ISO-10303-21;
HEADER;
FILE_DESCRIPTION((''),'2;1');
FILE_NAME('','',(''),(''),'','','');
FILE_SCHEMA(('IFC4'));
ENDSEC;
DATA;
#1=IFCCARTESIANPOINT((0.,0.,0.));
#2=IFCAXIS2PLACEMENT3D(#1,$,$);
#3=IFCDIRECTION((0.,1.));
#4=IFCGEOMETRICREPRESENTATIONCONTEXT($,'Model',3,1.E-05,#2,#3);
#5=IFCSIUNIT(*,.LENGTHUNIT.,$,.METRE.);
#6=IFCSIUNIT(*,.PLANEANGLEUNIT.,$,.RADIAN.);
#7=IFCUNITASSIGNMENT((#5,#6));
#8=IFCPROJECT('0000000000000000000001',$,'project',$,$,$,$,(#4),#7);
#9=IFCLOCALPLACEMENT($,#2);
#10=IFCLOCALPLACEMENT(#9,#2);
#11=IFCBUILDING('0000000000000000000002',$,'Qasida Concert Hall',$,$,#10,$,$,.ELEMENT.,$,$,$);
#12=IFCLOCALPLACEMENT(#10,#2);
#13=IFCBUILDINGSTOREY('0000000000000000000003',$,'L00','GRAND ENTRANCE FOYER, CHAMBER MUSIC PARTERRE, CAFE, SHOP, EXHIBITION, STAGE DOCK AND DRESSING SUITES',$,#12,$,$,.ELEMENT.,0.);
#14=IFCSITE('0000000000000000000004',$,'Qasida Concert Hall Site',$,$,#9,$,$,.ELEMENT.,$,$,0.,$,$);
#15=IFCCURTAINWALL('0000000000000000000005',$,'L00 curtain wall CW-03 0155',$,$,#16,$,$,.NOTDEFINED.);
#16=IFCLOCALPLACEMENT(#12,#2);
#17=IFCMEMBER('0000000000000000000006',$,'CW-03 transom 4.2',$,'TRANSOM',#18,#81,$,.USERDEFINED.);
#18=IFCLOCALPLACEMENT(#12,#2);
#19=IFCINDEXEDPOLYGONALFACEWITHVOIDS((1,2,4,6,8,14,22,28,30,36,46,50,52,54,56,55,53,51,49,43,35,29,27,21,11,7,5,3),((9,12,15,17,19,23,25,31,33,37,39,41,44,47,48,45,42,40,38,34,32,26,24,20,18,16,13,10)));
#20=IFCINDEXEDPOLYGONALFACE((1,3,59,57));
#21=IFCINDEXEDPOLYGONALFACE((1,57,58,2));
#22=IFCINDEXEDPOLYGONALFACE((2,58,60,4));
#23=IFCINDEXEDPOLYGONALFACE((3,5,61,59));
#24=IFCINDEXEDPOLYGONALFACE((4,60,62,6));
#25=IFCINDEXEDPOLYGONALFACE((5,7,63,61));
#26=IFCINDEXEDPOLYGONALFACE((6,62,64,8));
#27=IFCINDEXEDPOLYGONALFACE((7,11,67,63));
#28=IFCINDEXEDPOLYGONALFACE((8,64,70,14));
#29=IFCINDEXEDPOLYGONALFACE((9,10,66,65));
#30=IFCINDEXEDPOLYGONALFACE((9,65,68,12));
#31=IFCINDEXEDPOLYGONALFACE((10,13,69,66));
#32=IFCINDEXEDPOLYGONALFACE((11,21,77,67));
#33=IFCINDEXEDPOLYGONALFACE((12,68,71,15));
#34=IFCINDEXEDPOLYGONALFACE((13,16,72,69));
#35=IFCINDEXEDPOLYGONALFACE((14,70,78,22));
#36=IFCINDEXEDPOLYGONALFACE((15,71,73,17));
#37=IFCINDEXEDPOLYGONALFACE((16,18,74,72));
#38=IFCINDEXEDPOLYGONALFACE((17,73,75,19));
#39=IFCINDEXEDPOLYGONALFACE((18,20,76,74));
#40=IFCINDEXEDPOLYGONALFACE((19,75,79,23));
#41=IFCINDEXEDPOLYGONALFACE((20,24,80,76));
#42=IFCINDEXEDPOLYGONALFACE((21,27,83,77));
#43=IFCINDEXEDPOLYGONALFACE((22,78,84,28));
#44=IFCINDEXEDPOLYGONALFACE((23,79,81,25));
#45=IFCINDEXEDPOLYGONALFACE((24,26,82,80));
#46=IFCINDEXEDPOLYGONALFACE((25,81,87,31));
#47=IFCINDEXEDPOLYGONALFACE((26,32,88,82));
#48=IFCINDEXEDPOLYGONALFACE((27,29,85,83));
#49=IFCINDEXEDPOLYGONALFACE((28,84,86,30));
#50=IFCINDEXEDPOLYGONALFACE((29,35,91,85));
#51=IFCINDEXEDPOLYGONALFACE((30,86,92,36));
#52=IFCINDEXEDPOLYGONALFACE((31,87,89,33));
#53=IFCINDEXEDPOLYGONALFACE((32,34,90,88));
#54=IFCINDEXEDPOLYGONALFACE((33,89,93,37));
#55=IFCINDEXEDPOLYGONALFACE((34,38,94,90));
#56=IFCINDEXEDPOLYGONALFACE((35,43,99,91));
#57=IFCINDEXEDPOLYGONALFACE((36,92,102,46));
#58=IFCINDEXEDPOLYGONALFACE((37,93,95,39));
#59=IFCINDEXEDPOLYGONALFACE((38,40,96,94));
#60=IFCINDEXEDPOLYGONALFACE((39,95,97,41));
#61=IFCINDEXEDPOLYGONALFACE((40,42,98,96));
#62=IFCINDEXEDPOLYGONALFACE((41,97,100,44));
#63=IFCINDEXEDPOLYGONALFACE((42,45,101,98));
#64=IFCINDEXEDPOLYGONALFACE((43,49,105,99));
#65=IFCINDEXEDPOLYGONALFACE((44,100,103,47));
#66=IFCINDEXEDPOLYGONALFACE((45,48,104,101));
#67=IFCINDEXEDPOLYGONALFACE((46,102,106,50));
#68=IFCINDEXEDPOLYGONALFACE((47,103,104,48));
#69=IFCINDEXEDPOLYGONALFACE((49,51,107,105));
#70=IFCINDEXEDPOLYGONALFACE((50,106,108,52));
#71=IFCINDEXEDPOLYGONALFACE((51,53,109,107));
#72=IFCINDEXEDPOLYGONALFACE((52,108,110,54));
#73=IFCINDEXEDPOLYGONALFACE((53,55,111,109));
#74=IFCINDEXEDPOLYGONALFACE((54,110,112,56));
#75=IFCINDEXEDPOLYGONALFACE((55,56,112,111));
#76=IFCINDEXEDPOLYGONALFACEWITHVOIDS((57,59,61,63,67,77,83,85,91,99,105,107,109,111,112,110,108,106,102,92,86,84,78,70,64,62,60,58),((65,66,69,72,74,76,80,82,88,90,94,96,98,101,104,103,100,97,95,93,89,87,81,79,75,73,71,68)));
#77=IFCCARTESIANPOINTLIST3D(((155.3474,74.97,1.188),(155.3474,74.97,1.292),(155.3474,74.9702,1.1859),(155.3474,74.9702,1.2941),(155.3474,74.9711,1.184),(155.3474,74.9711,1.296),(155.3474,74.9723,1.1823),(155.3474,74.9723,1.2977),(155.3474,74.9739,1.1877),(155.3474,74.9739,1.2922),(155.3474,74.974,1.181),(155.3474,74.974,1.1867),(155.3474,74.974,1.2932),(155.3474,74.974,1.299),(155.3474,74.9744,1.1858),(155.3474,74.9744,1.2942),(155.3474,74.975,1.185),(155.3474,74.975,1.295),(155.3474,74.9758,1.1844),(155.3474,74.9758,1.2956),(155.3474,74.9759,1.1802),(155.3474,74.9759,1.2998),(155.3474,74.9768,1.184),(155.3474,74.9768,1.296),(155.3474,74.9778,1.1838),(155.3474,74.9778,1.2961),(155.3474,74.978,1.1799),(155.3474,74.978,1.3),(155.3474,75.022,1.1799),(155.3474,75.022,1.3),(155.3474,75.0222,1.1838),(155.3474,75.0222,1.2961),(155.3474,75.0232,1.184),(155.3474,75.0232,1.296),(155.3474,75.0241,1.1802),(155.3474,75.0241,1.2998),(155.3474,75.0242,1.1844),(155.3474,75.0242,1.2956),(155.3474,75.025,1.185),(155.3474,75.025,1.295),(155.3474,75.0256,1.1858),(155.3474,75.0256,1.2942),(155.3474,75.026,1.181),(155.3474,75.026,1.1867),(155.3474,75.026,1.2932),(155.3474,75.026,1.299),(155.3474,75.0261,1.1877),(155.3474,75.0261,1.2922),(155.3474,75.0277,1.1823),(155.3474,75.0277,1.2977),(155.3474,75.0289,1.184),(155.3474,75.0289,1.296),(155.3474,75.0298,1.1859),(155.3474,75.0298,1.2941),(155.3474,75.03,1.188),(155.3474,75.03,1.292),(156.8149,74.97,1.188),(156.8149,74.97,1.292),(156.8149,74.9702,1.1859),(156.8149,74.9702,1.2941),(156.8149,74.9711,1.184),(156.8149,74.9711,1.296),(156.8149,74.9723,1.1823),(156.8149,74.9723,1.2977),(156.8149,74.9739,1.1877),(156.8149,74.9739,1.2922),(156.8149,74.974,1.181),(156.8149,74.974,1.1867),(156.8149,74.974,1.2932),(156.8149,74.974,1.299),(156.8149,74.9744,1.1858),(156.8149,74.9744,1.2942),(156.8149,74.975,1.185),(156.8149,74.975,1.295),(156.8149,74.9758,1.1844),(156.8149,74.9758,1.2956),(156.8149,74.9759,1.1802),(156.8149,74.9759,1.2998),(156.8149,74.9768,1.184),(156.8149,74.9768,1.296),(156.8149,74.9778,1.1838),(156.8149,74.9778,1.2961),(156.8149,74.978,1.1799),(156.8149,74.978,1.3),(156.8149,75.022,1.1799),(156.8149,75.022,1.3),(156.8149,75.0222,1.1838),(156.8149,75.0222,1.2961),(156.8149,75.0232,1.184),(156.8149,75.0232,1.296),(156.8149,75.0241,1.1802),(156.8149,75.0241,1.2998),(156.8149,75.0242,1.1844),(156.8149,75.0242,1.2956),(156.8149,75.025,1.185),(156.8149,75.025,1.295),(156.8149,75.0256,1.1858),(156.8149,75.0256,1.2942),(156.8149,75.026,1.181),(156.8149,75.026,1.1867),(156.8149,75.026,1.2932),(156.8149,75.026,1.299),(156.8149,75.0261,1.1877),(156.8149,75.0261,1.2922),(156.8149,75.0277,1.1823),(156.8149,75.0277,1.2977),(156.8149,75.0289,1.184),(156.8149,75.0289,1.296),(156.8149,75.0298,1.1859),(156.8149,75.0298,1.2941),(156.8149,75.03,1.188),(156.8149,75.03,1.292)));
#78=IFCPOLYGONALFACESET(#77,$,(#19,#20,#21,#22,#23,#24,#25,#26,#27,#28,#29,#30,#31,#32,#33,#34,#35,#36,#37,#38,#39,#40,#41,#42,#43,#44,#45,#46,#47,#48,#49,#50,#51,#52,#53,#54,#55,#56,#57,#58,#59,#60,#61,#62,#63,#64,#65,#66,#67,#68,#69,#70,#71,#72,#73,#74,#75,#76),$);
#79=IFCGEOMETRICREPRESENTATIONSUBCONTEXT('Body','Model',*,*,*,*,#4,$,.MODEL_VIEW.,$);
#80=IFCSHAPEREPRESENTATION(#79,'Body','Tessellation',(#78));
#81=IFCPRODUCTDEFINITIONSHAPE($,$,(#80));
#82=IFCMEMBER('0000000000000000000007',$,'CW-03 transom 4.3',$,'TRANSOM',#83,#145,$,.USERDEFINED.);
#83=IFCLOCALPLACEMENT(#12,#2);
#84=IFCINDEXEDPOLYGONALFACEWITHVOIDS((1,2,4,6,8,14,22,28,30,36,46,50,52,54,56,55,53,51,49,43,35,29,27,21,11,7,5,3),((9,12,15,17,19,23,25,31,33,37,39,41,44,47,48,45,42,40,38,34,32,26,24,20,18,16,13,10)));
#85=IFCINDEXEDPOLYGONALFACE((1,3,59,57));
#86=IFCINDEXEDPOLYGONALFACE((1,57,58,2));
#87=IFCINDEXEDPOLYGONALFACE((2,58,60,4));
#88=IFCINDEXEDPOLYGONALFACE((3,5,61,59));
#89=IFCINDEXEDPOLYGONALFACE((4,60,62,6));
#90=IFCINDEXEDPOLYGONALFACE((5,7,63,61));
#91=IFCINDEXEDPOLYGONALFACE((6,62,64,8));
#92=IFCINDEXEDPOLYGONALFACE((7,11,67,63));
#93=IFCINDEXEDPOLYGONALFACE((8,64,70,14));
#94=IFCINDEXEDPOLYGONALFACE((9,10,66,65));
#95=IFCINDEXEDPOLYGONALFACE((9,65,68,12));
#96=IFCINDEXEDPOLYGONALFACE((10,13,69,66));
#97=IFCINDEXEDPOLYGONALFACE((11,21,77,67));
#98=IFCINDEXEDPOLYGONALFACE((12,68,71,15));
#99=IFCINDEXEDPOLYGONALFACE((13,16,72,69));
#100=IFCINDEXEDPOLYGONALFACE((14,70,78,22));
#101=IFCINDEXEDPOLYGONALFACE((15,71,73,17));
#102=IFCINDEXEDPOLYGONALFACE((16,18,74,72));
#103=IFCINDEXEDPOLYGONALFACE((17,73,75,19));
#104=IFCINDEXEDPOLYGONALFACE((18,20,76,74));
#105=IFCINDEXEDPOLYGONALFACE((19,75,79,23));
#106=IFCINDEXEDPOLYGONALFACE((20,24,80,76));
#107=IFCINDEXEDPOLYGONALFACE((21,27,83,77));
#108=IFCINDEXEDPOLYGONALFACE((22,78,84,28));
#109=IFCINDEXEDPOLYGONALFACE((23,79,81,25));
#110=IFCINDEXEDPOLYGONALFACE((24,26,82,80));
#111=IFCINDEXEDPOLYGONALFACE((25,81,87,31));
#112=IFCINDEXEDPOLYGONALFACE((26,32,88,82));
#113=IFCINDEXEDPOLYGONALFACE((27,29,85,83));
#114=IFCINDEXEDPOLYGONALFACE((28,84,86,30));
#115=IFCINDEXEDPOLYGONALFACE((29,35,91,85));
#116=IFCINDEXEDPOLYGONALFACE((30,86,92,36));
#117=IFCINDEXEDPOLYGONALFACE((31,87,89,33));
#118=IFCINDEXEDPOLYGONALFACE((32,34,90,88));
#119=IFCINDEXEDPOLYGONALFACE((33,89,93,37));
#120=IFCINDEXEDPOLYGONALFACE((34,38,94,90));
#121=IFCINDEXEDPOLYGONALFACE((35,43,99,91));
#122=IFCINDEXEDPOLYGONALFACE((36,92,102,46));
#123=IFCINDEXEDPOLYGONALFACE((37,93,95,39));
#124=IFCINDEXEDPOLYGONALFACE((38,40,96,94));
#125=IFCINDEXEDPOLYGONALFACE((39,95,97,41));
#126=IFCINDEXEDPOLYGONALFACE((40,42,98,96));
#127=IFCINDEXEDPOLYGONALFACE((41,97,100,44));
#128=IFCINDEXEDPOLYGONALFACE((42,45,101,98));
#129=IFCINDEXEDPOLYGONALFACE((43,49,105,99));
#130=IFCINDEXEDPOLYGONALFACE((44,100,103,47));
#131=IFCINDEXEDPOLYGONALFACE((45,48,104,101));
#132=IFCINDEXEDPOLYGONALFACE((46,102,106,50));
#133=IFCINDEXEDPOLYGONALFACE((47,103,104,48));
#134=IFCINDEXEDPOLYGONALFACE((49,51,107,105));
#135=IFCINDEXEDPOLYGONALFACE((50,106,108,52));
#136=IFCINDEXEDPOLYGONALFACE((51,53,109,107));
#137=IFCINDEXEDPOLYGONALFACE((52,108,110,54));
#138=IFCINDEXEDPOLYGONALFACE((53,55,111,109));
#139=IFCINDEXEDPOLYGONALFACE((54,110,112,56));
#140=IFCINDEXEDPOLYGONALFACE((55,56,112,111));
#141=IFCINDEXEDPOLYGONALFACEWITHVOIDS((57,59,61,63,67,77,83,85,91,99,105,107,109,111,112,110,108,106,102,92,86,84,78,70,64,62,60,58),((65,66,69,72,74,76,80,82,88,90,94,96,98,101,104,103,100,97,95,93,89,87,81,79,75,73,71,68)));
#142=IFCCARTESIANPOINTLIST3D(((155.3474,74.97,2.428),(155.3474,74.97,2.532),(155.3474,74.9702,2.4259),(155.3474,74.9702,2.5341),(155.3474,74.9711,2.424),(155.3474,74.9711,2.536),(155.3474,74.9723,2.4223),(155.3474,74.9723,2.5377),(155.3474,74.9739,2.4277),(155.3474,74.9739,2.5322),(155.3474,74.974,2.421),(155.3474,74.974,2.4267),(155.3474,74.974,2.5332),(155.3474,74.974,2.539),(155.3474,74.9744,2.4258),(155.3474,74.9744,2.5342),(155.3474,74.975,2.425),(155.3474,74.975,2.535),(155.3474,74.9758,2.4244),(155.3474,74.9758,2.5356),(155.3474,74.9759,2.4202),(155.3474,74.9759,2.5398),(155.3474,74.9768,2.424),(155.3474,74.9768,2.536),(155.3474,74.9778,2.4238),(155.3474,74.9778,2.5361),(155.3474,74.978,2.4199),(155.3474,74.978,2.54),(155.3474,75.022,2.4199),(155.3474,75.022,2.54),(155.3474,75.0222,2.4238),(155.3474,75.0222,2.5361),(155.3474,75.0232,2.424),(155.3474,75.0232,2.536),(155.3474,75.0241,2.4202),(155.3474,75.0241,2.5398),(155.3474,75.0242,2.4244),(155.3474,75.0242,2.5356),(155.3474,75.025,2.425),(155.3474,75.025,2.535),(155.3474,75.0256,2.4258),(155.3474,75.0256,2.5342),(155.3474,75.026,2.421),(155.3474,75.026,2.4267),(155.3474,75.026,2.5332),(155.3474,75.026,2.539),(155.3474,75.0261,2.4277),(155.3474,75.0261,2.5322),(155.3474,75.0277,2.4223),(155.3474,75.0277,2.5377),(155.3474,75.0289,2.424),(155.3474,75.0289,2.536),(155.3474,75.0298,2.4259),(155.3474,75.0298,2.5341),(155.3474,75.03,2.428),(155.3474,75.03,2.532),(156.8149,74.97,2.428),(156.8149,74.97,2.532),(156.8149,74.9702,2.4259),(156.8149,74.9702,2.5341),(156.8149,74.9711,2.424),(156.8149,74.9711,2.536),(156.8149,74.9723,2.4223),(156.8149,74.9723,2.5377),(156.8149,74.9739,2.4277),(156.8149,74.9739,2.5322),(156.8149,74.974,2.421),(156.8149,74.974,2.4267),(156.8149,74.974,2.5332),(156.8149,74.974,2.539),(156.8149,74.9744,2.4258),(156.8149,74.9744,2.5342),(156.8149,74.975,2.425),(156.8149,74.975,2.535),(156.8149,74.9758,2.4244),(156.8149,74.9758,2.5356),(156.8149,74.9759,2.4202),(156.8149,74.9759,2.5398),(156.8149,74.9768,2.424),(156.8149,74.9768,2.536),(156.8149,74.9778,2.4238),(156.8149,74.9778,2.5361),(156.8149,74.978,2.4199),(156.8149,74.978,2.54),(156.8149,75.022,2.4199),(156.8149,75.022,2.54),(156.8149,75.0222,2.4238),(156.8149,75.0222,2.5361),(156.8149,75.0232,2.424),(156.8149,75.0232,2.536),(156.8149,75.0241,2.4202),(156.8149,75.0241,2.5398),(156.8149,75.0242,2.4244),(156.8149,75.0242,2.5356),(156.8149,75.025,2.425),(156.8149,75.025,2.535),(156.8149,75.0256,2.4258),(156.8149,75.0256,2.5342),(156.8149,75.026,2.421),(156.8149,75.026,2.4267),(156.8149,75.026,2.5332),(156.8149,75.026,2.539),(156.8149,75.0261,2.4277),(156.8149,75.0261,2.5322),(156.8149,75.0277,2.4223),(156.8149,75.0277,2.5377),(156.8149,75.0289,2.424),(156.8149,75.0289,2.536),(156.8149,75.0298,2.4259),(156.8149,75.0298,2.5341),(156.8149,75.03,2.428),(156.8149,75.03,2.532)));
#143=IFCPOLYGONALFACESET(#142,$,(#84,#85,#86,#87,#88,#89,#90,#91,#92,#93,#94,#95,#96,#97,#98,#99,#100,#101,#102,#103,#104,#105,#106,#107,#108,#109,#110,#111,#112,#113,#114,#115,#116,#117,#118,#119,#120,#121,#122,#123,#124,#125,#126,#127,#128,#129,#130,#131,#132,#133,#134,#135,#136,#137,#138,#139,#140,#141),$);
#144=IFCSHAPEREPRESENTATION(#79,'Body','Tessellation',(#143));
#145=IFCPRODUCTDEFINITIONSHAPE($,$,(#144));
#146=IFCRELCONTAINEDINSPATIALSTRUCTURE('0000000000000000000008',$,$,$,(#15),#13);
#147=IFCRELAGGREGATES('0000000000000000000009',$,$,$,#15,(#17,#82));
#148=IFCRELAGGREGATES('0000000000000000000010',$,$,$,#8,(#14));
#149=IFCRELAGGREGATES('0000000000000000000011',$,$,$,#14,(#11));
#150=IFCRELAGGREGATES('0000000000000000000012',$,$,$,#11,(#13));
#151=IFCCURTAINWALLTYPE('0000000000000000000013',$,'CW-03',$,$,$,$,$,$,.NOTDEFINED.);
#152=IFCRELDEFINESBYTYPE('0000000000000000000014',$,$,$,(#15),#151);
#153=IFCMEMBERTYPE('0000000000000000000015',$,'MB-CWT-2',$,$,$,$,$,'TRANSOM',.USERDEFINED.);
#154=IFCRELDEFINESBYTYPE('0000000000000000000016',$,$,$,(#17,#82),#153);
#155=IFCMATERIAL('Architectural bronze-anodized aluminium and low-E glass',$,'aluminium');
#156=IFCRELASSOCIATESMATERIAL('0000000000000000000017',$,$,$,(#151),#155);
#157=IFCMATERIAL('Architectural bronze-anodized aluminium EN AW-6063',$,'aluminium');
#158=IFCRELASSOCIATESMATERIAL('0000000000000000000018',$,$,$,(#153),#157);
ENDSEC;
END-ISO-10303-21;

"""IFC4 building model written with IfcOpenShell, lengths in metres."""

from ifc_helpers import new_model, si_unit, direction, frame, origin, origin_2d, place, context, subcontext, project, spatial, hollow_rectangle, extrude, material, material_profile, profile_set, type_object, element, aggregate, save


model = new_model("IFC4")

# Units and contexts
model_context = context("Model", 3, precision=1e-05, world=origin(), true_north=direction((0.0, 1.0)))
body_context = subcontext(model_context, "Body", "Model", "MODEL_VIEW")
ifc_project = project(units=[si_unit("LENGTHUNIT", "METRE"), si_unit("PLANEANGLEUNIT", "RADIAN")], contexts=[model_context])

# Site, building, storey
site_placement = place(None, origin())
site = spatial("IfcSite", under=ifc_project, at=site_placement, Name="Qasida Concert Hall Site", CompositionType="ELEMENT", RefElevation=0.0)
building_placement = place(site_placement, origin())
building = spatial("IfcBuilding", under=site, at=building_placement, Name="Qasida Concert Hall", CompositionType="ELEMENT")
storey_placement = place(building_placement, origin())
storey = spatial("IfcBuildingStorey", under=building, at=storey_placement, Name="L00", Description="GRAND ENTRANCE FOYER, CHAMBER MUSIC PARTERRE, CAFE, SHOP, EXHIBITION, STAGE DOCK AND DRESSING SUITES", CompositionType="ELEMENT", Elevation=0.0)

# Curtain wall, members
ifc_material_1 = material(Name="Architectural bronze-anodized aluminium and low-E glass", Category="aluminium")
curtain_wall_type = type_object("IfcCurtainWallType", Name="CW-03", PredefinedType="NOTDEFINED", material=ifc_material_1)
curtain_wall_placement = place(storey_placement, origin())
curtain_wall = element("IfcCurtainWall", 1, at=curtain_wall_placement, inside=storey, type_object=curtain_wall_type, Name="L00 curtain wall CW-03 0155", PredefinedType="NOTDEFINED")
ifc_material_2 = material(Name="Architectural bronze-anodized aluminium EN AW-6063", Category="aluminium")
ifc_material_profile_1 = material_profile(ifc_material_2, hollow_rectangle(XDim=0.0601, YDim=0.1201, WallThickness=0.0039, InnerFilletRadius=0.0039, OuterFilletRadius=0.0081, at=origin_2d()), Name="CWT 120x60x4")
ifc_profile_set_1 = profile_set([ifc_material_profile_1], Name="Architectural bronze-anodized aluminium EN AW-6063")
member_type_1 = type_object("IfcMemberType", Name="MB-CWT-2", ElementType="TRANSOM", PredefinedType="USERDEFINED", material=ifc_profile_set_1)
member_1_placement = place(storey_placement, frame((155.3474, 75.0, 1.24), z_axis=(1.0, 0.0, 0.0), x_axis=(0.0, 1.0, 0.0)))
member_1 = element("IfcMember", 2, at=member_1_placement, type_object=member_type_1, Name="CW-03 transom 4.2", ObjectType="TRANSOM", PredefinedType="USERDEFINED", context=body_context, shape_type="SweptSolid", body=[
    extrude(hollow_rectangle(XDim=0.0601, YDim=0.1201, WallThickness=0.0039, InnerFilletRadius=0.0039, OuterFilletRadius=0.0081, at=origin_2d()), origin(), (0.0, 0.0, 1.0), 1.4675),
])
member_2_placement = place(storey_placement, frame((155.3474, 75.0, 2.48), z_axis=(1.0, 0.0, 0.0), x_axis=(0.0, 1.0, 0.0)))
member_2 = element("IfcMember", 3, at=member_2_placement, type_object=member_type_1, Name="CW-03 transom 4.3", ObjectType="TRANSOM", PredefinedType="USERDEFINED", context=body_context, shape_type="SweptSolid", body=[
    extrude(hollow_rectangle(XDim=0.0601, YDim=0.1201, WallThickness=0.0039, InnerFilletRadius=0.0039, OuterFilletRadius=0.0081, at=origin_2d()), origin(), (0.0, 0.0, 1.0), 1.4675),
])
aggregate(curtain_wall, [member_1, member_2])

save(model, "model.ifc")
